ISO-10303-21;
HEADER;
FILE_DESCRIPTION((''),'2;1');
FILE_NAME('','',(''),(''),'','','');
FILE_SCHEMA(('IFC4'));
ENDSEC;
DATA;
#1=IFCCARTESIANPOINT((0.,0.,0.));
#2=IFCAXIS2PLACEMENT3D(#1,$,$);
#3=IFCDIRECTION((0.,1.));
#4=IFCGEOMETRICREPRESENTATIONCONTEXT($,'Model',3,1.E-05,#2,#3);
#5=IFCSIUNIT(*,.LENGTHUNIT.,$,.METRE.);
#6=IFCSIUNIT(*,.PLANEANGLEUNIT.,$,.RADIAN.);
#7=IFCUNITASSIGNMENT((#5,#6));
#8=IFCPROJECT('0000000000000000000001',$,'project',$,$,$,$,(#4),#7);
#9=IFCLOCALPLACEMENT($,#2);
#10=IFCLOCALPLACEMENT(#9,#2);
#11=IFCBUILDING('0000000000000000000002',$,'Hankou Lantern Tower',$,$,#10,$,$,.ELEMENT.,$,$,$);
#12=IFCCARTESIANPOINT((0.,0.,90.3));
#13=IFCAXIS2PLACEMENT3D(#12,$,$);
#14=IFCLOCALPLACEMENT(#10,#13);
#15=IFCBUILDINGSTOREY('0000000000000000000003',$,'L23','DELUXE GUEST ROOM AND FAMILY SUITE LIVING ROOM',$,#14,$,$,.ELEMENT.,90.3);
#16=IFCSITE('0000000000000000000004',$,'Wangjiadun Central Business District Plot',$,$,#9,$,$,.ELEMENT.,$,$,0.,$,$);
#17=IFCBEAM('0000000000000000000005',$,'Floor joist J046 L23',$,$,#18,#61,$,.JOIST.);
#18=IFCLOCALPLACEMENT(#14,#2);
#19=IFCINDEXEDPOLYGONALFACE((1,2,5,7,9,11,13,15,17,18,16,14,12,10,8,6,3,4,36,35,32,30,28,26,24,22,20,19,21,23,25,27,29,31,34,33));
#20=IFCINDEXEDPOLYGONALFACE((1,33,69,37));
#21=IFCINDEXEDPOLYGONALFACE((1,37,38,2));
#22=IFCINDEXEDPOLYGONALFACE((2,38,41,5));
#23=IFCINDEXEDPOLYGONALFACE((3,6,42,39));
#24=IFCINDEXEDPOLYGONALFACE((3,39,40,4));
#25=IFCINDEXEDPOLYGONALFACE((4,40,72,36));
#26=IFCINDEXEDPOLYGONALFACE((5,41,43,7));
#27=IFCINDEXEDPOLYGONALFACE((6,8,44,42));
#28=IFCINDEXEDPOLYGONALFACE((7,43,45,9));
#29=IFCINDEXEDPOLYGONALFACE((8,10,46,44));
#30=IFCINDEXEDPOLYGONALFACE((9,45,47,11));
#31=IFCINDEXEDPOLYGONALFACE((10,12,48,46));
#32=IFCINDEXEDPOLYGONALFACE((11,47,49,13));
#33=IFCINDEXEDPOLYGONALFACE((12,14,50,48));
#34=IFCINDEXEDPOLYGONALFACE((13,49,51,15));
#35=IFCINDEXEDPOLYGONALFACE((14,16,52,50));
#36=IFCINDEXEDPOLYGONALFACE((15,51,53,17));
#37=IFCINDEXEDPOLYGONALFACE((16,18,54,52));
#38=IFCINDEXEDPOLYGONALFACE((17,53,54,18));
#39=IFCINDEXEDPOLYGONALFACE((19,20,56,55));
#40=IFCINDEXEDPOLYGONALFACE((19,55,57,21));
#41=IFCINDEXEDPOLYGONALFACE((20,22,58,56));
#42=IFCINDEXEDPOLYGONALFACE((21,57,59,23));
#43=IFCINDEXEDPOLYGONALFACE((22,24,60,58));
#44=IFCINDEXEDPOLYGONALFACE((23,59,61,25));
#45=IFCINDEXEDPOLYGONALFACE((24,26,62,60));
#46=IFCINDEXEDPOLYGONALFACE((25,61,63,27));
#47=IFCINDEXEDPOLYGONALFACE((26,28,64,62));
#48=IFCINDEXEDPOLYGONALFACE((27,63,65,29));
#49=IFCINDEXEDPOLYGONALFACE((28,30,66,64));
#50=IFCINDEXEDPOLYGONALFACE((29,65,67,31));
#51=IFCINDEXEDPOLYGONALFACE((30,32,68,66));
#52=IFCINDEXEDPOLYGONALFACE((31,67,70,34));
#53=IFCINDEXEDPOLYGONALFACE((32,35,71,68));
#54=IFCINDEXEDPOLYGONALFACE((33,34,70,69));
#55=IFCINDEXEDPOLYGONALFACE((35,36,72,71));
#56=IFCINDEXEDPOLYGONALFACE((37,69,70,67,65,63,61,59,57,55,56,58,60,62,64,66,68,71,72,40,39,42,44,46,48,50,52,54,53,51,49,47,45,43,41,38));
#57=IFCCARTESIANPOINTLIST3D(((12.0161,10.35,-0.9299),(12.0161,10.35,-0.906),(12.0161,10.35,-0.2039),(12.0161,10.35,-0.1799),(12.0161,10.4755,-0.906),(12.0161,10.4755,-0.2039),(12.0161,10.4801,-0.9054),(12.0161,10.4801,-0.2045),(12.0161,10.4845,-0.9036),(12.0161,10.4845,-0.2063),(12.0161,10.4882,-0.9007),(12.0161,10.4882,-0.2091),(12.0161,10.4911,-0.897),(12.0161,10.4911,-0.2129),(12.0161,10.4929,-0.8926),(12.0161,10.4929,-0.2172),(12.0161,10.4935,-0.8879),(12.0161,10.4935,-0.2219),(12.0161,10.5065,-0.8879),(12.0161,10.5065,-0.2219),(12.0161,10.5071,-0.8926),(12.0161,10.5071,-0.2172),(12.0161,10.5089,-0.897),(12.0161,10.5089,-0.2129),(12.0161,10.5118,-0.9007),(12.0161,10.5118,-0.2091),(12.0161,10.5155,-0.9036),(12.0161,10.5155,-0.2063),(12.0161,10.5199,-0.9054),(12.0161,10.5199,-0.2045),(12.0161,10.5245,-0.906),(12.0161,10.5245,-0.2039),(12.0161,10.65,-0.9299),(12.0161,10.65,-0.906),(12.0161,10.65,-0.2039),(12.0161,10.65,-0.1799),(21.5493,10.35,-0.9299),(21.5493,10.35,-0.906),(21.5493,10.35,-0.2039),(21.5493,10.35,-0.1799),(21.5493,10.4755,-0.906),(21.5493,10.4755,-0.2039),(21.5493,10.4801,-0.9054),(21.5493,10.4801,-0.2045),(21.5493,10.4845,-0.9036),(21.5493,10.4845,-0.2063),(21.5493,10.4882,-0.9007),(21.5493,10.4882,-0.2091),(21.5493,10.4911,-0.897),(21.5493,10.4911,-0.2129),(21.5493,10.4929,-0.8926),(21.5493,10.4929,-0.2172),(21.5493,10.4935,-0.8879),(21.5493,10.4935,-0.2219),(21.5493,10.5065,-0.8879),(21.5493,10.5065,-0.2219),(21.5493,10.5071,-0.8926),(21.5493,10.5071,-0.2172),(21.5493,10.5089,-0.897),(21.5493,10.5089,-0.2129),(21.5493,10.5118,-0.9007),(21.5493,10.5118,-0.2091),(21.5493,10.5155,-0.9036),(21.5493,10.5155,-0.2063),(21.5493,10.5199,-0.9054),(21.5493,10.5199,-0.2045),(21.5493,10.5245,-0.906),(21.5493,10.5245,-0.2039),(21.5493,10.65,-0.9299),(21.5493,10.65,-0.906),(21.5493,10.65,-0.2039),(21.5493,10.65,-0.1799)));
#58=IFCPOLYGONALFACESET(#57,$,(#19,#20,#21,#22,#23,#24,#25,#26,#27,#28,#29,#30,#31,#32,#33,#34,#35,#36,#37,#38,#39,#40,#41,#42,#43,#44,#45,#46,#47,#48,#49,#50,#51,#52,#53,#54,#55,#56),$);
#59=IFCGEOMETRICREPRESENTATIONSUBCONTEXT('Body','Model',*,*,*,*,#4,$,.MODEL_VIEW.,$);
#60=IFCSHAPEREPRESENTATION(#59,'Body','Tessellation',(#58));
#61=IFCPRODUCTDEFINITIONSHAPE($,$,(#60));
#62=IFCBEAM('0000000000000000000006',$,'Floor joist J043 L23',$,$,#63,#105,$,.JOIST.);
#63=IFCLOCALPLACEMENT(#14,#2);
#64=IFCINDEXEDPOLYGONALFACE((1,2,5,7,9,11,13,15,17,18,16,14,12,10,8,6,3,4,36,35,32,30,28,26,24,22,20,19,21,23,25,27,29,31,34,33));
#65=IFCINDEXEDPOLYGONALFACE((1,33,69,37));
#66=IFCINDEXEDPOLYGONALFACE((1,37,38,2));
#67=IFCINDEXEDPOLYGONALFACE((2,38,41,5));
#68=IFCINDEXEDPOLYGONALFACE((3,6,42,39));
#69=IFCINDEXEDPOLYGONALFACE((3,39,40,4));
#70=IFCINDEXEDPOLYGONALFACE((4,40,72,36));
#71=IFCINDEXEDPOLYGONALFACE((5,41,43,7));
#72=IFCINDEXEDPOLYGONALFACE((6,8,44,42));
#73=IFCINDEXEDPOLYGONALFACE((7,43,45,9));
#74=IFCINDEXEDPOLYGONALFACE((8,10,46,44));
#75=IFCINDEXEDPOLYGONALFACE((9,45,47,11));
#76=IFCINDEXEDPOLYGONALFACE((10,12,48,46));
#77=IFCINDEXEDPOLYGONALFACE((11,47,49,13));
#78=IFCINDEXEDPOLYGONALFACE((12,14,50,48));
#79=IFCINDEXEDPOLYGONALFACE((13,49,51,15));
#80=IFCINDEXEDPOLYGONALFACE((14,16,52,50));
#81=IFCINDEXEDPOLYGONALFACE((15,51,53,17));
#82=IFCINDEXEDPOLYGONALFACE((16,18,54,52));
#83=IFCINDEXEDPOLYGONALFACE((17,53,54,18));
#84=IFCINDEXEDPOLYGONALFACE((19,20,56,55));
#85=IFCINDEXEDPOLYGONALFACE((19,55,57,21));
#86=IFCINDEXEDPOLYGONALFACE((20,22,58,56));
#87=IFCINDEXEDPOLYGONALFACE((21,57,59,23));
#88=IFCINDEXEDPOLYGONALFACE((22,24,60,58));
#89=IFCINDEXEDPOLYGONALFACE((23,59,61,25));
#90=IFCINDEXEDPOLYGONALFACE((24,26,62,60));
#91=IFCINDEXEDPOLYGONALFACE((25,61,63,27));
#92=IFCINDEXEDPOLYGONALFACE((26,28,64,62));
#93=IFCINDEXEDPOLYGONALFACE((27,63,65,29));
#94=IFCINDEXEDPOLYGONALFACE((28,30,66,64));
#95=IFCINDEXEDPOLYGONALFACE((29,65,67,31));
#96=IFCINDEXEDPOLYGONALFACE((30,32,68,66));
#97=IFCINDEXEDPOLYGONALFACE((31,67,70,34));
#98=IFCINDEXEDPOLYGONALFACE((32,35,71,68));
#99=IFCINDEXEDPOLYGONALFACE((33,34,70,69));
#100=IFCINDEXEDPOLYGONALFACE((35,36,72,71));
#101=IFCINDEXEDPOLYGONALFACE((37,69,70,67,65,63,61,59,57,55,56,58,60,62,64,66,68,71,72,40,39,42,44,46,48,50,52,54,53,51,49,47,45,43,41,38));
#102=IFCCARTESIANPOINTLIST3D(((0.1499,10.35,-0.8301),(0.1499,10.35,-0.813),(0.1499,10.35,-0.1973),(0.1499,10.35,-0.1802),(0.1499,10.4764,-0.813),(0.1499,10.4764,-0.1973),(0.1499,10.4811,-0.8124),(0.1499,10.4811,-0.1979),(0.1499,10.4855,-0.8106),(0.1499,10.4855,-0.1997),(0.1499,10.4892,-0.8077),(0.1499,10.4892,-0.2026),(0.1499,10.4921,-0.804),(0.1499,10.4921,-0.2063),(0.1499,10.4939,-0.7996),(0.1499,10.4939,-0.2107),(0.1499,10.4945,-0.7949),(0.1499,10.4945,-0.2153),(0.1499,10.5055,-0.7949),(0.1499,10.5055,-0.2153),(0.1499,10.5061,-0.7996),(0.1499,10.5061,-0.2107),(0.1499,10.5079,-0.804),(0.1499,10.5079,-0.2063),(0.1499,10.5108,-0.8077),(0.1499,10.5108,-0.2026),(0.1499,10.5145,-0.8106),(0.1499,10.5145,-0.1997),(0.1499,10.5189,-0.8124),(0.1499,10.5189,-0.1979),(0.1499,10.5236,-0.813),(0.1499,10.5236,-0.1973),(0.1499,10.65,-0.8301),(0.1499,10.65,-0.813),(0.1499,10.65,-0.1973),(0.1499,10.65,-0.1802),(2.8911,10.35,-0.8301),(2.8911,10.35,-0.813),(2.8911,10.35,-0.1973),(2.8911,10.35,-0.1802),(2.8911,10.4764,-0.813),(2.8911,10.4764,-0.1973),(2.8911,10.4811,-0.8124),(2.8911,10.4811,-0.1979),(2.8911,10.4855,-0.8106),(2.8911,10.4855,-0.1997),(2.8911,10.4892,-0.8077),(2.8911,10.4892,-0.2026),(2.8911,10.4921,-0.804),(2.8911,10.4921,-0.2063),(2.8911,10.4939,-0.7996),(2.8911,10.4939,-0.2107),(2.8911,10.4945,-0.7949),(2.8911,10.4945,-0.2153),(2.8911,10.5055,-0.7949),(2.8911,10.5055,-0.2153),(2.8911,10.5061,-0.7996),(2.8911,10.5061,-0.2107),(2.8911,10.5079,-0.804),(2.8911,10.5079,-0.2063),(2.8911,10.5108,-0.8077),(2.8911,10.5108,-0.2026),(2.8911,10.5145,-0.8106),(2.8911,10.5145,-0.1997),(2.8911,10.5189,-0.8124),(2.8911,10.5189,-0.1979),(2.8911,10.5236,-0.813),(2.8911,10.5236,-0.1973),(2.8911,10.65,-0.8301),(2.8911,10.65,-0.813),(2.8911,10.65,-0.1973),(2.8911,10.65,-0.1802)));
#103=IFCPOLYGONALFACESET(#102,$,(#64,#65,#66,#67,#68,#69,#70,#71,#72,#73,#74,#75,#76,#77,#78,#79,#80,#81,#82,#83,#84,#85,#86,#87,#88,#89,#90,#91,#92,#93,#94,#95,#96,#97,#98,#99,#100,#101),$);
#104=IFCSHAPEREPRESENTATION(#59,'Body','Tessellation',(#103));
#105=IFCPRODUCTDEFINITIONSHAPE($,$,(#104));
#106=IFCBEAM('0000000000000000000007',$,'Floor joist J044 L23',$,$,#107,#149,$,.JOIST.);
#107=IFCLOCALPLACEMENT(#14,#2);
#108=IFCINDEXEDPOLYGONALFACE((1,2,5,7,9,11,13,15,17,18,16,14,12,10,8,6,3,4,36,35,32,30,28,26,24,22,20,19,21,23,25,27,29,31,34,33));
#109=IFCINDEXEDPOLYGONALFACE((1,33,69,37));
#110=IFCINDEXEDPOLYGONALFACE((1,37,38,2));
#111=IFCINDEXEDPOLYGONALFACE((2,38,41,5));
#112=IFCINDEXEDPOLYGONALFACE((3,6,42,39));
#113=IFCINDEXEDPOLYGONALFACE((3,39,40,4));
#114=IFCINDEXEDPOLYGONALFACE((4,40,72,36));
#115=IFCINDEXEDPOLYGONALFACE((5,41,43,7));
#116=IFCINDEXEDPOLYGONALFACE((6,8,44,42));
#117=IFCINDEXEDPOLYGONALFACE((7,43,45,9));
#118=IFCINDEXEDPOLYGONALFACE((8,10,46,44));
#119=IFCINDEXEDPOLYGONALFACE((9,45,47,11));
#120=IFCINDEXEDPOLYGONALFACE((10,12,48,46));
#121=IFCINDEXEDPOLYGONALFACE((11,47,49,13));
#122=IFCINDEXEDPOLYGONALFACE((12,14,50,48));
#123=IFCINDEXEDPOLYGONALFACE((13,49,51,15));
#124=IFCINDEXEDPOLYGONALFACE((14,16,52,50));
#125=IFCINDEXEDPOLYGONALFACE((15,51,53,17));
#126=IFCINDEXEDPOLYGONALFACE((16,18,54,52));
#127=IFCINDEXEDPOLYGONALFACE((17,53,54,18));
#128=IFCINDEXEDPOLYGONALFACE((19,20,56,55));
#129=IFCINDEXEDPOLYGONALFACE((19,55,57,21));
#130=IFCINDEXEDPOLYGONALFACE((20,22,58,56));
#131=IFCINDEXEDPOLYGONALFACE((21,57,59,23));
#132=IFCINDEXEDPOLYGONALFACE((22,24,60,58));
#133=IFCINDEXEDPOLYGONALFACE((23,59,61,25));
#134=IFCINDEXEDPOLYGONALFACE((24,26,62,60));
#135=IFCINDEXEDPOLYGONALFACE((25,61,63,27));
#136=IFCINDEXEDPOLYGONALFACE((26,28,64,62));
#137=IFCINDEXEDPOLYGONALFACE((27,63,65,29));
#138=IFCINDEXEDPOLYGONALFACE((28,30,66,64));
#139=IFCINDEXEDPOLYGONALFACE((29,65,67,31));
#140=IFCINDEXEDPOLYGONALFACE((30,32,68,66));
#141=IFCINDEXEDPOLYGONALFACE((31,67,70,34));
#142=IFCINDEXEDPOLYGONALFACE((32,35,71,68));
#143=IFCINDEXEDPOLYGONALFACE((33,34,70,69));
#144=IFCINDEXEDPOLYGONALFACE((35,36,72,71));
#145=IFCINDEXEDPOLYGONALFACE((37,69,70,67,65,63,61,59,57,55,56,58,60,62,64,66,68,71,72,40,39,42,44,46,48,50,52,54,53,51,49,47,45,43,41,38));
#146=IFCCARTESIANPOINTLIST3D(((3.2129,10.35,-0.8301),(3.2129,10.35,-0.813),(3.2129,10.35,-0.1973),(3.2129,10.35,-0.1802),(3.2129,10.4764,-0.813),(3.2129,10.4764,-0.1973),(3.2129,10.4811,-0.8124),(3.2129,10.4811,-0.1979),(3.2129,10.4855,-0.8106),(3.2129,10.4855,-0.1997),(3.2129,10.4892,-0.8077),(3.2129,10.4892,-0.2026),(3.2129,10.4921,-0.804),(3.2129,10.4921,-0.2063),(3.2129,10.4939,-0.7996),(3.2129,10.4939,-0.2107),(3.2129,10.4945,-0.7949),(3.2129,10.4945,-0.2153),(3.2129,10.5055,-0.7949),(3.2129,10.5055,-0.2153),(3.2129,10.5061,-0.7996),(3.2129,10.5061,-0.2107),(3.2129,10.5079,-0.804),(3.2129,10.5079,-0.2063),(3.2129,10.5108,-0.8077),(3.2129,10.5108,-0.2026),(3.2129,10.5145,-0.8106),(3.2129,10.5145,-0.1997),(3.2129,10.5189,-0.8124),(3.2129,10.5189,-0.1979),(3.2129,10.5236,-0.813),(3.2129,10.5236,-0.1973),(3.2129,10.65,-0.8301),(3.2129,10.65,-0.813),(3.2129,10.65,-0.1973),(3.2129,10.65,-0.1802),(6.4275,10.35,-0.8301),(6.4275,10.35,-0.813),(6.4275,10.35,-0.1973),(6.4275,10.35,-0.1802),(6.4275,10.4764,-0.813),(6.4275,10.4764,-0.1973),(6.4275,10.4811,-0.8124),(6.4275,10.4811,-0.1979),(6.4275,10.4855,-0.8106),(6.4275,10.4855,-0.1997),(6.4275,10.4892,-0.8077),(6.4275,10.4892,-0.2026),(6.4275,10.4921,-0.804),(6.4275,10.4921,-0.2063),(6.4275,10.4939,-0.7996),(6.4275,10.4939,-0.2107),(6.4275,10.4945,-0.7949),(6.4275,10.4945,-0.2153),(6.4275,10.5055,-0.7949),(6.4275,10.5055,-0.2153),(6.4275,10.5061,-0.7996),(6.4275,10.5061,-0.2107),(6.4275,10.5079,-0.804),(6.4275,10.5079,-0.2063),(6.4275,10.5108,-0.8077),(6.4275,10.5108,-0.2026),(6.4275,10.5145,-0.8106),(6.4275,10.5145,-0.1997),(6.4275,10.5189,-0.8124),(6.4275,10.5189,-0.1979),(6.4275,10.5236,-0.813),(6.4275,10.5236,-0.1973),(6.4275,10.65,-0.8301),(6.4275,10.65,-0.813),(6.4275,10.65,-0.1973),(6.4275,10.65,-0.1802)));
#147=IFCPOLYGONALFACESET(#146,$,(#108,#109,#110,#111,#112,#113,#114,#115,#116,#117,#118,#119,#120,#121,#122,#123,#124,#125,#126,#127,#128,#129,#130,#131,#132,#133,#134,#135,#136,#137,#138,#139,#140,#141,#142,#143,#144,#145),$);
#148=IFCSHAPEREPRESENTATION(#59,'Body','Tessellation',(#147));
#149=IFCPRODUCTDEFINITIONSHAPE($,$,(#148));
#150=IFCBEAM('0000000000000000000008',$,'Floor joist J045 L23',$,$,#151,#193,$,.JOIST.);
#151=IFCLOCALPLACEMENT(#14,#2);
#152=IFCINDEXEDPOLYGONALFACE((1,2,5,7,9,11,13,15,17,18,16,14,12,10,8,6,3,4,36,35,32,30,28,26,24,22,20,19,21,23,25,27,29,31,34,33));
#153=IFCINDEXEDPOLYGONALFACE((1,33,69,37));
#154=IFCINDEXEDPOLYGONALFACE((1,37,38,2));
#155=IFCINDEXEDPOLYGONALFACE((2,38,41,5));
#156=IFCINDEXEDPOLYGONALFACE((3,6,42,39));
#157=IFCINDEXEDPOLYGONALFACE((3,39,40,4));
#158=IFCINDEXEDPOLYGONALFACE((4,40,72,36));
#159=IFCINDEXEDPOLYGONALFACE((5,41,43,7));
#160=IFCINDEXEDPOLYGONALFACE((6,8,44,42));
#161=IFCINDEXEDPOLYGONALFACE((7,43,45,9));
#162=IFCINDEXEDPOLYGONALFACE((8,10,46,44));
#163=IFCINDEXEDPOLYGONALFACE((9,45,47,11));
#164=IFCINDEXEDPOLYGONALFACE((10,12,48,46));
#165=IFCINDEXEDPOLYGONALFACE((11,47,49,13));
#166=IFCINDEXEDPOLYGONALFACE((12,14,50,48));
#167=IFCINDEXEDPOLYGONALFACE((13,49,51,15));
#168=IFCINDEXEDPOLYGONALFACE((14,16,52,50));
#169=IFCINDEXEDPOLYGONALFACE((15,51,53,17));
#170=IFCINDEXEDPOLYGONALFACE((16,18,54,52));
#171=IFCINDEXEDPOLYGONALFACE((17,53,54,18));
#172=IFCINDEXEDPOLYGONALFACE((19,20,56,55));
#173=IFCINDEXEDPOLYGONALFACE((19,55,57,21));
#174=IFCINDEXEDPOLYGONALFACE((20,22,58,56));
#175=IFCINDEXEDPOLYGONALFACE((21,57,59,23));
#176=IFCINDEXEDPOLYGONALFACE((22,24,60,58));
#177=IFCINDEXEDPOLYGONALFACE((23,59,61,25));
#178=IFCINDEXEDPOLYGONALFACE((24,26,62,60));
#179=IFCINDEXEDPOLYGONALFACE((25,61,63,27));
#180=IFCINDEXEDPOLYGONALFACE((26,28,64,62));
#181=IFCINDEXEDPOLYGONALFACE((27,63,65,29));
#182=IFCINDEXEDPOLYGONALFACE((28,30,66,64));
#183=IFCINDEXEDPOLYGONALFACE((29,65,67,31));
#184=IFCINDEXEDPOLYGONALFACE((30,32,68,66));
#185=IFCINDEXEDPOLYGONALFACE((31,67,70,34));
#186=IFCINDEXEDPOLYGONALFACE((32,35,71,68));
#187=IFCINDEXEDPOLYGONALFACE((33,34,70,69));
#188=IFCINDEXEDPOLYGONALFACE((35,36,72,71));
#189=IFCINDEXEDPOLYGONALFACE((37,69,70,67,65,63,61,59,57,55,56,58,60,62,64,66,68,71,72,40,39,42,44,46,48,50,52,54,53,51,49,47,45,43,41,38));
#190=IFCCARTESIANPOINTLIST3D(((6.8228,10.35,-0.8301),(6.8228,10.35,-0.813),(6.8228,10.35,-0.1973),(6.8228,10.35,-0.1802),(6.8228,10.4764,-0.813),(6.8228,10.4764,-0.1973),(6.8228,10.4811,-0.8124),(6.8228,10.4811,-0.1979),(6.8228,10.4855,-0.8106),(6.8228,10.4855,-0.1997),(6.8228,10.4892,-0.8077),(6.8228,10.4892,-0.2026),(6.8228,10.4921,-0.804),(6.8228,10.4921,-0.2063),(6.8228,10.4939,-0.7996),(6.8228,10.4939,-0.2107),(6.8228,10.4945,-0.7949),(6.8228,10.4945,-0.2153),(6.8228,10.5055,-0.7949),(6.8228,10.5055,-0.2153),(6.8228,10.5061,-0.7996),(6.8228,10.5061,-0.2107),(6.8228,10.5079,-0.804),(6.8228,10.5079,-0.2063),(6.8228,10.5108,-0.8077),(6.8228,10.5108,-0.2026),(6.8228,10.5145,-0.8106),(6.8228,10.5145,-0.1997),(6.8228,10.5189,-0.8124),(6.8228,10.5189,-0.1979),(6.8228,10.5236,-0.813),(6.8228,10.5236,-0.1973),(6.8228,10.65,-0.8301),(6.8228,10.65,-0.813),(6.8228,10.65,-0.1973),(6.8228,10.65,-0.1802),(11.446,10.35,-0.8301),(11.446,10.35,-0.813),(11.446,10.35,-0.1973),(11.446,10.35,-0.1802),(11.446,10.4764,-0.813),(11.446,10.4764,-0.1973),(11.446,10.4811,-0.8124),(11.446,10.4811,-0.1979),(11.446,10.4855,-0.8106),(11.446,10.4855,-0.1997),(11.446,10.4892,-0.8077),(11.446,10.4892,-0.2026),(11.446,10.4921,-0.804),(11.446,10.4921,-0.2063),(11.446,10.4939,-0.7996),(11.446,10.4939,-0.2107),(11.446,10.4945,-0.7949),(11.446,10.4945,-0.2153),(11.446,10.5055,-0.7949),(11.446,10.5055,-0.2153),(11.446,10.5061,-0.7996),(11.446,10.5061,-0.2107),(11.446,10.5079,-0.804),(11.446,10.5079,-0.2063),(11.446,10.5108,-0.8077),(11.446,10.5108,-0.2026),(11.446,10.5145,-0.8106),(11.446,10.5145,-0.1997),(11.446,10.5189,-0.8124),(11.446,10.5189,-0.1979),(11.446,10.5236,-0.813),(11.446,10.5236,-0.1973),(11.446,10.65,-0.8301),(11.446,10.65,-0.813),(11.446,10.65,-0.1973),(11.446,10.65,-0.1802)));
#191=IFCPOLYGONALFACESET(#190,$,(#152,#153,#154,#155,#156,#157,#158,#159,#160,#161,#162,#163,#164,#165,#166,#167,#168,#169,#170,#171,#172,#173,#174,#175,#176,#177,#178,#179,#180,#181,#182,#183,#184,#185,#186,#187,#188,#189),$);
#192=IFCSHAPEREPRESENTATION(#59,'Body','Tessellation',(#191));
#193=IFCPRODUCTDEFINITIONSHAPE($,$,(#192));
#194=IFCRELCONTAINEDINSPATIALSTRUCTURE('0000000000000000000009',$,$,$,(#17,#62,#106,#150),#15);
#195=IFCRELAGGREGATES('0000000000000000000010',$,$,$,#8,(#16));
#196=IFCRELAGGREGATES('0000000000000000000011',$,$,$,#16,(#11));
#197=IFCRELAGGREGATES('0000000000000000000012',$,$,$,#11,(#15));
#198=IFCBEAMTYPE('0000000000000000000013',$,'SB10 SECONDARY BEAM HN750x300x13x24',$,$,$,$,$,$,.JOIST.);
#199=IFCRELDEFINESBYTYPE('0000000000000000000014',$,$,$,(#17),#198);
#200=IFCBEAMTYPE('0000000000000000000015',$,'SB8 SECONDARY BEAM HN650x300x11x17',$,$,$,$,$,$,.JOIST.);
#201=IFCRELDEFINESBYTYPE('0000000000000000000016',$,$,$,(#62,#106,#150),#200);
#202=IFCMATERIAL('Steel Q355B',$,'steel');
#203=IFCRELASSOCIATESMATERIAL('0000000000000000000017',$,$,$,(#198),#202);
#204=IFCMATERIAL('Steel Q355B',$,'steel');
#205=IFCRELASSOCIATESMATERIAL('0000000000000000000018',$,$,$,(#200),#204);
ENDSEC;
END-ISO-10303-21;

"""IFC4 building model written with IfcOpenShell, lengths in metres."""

from ifc_helpers import new_model, si_unit, direction, frame, origin, origin_2d, place, context, subcontext, project, spatial, i_section, extrude, material, material_profile, profile_set, type_object, element, save


model = new_model("IFC4")

# Units and contexts
model_context = context("Model", 3, precision=1e-05, world=origin(), true_north=direction((0.0, 1.0)))
body_context = subcontext(model_context, "Body", "Model", "MODEL_VIEW")
ifc_project = project(units=[si_unit("LENGTHUNIT", "METRE"), si_unit("PLANEANGLEUNIT", "RADIAN")], contexts=[model_context])

# Site, building, storey
site_placement = place(None, origin())
site = spatial("IfcSite", under=ifc_project, at=site_placement, Name="Wangjiadun Central Business District Plot", CompositionType="ELEMENT", RefElevation=0.0)
building_placement = place(site_placement, origin())
building = spatial("IfcBuilding", under=site, at=building_placement, Name="Hankou Lantern Tower", CompositionType="ELEMENT")
storey_placement = place(building_placement, frame((0.0, 0.0, 90.3)))
storey = spatial("IfcBuildingStorey", under=building, at=storey_placement, Name="L23", Description="DELUXE GUEST ROOM AND FAMILY SUITE LIVING ROOM", CompositionType="ELEMENT", Elevation=90.3)

# Beams
ifc_material_1 = material(Name="Steel Q355B", Category="steel")
ifc_material_profile_1 = material_profile(ifc_material_1, i_section(OverallWidth=0.3, OverallDepth=0.75, WebThickness=0.0129, FlangeThickness=0.0239, FilletRadius=0.0181, at=origin_2d()), Name="HN750x300x13x24")
ifc_profile_set_1 = profile_set([ifc_material_profile_1], Name="Steel Q355B")
beam_type_1 = type_object("IfcBeamType", Name="SB10 SECONDARY BEAM HN750x300x13x24", PredefinedType="JOIST", material=ifc_profile_set_1)
beam_1_placement = place(storey_placement, frame((12.0161, 10.5, -0.5549), z_axis=(1.0, 0.0, 0.0), x_axis=(0.0, 1.0, 0.0)))
element("IfcBeam", 1, at=beam_1_placement, inside=storey, type_object=beam_type_1, Name="Floor joist J046 L23", PredefinedType="JOIST", context=body_context, shape_type="SweptSolid", body=[
    extrude(i_section(OverallWidth=0.3, OverallDepth=0.75, WebThickness=0.0129, FlangeThickness=0.0239, FilletRadius=0.0181, at=origin_2d()), origin(), (0.0, 0.0, 1.0), 9.5332),
])
ifc_material_2 = material(Name="Steel Q355B", Category="steel")
ifc_material_profile_2 = material_profile(ifc_material_2, i_section(OverallWidth=0.3, OverallDepth=0.6499, WebThickness=0.011, FlangeThickness=0.0171, FilletRadius=0.0181, at=origin_2d()), Name="HN650x300x11x17")
ifc_profile_set_2 = profile_set([ifc_material_profile_2], Name="Steel Q355B")
beam_type_2 = type_object("IfcBeamType", Name="SB8 SECONDARY BEAM HN650x300x11x17", PredefinedType="JOIST", material=ifc_profile_set_2)
beam_2_placement = place(storey_placement, frame((0.1499, 10.5, -0.5051), z_axis=(1.0, 0.0, 0.0), x_axis=(0.0, 1.0, 0.0)))
element("IfcBeam", 2, at=beam_2_placement, inside=storey, type_object=beam_type_2, Name="Floor joist J043 L23", PredefinedType="JOIST", context=body_context, shape_type="SweptSolid", body=[
    extrude(i_section(OverallWidth=0.3, OverallDepth=0.6499, WebThickness=0.011, FlangeThickness=0.0171, FilletRadius=0.0181, at=origin_2d()), origin(), (0.0, 0.0, 1.0), 2.7412),
])
beam_3_placement = place(storey_placement, frame((3.2129, 10.5, -0.5051), z_axis=(1.0, 0.0, 0.0), x_axis=(0.0, 1.0, 0.0)))
element("IfcBeam", 3, at=beam_3_placement, inside=storey, type_object=beam_type_2, Name="Floor joist J044 L23", PredefinedType="JOIST", context=body_context, shape_type="SweptSolid", body=[
    extrude(i_section(OverallWidth=0.3, OverallDepth=0.6499, WebThickness=0.011, FlangeThickness=0.0171, FilletRadius=0.0181, at=origin_2d()), origin(), (0.0, 0.0, 1.0), 3.2146),
])
beam_4_placement = place(storey_placement, frame((6.8228, 10.5, -0.5051), z_axis=(1.0, 0.0, 0.0), x_axis=(0.0, 1.0, 0.0)))
element("IfcBeam", 4, at=beam_4_placement, inside=storey, type_object=beam_type_2, Name="Floor joist J045 L23", PredefinedType="JOIST", context=body_context, shape_type="SweptSolid", body=[
    extrude(i_section(OverallWidth=0.3, OverallDepth=0.6499, WebThickness=0.011, FlangeThickness=0.0171, FilletRadius=0.0181, at=origin_2d()), origin(), (0.0, 0.0, 1.0), 4.6233),
])

save(model, "model.ifc")
